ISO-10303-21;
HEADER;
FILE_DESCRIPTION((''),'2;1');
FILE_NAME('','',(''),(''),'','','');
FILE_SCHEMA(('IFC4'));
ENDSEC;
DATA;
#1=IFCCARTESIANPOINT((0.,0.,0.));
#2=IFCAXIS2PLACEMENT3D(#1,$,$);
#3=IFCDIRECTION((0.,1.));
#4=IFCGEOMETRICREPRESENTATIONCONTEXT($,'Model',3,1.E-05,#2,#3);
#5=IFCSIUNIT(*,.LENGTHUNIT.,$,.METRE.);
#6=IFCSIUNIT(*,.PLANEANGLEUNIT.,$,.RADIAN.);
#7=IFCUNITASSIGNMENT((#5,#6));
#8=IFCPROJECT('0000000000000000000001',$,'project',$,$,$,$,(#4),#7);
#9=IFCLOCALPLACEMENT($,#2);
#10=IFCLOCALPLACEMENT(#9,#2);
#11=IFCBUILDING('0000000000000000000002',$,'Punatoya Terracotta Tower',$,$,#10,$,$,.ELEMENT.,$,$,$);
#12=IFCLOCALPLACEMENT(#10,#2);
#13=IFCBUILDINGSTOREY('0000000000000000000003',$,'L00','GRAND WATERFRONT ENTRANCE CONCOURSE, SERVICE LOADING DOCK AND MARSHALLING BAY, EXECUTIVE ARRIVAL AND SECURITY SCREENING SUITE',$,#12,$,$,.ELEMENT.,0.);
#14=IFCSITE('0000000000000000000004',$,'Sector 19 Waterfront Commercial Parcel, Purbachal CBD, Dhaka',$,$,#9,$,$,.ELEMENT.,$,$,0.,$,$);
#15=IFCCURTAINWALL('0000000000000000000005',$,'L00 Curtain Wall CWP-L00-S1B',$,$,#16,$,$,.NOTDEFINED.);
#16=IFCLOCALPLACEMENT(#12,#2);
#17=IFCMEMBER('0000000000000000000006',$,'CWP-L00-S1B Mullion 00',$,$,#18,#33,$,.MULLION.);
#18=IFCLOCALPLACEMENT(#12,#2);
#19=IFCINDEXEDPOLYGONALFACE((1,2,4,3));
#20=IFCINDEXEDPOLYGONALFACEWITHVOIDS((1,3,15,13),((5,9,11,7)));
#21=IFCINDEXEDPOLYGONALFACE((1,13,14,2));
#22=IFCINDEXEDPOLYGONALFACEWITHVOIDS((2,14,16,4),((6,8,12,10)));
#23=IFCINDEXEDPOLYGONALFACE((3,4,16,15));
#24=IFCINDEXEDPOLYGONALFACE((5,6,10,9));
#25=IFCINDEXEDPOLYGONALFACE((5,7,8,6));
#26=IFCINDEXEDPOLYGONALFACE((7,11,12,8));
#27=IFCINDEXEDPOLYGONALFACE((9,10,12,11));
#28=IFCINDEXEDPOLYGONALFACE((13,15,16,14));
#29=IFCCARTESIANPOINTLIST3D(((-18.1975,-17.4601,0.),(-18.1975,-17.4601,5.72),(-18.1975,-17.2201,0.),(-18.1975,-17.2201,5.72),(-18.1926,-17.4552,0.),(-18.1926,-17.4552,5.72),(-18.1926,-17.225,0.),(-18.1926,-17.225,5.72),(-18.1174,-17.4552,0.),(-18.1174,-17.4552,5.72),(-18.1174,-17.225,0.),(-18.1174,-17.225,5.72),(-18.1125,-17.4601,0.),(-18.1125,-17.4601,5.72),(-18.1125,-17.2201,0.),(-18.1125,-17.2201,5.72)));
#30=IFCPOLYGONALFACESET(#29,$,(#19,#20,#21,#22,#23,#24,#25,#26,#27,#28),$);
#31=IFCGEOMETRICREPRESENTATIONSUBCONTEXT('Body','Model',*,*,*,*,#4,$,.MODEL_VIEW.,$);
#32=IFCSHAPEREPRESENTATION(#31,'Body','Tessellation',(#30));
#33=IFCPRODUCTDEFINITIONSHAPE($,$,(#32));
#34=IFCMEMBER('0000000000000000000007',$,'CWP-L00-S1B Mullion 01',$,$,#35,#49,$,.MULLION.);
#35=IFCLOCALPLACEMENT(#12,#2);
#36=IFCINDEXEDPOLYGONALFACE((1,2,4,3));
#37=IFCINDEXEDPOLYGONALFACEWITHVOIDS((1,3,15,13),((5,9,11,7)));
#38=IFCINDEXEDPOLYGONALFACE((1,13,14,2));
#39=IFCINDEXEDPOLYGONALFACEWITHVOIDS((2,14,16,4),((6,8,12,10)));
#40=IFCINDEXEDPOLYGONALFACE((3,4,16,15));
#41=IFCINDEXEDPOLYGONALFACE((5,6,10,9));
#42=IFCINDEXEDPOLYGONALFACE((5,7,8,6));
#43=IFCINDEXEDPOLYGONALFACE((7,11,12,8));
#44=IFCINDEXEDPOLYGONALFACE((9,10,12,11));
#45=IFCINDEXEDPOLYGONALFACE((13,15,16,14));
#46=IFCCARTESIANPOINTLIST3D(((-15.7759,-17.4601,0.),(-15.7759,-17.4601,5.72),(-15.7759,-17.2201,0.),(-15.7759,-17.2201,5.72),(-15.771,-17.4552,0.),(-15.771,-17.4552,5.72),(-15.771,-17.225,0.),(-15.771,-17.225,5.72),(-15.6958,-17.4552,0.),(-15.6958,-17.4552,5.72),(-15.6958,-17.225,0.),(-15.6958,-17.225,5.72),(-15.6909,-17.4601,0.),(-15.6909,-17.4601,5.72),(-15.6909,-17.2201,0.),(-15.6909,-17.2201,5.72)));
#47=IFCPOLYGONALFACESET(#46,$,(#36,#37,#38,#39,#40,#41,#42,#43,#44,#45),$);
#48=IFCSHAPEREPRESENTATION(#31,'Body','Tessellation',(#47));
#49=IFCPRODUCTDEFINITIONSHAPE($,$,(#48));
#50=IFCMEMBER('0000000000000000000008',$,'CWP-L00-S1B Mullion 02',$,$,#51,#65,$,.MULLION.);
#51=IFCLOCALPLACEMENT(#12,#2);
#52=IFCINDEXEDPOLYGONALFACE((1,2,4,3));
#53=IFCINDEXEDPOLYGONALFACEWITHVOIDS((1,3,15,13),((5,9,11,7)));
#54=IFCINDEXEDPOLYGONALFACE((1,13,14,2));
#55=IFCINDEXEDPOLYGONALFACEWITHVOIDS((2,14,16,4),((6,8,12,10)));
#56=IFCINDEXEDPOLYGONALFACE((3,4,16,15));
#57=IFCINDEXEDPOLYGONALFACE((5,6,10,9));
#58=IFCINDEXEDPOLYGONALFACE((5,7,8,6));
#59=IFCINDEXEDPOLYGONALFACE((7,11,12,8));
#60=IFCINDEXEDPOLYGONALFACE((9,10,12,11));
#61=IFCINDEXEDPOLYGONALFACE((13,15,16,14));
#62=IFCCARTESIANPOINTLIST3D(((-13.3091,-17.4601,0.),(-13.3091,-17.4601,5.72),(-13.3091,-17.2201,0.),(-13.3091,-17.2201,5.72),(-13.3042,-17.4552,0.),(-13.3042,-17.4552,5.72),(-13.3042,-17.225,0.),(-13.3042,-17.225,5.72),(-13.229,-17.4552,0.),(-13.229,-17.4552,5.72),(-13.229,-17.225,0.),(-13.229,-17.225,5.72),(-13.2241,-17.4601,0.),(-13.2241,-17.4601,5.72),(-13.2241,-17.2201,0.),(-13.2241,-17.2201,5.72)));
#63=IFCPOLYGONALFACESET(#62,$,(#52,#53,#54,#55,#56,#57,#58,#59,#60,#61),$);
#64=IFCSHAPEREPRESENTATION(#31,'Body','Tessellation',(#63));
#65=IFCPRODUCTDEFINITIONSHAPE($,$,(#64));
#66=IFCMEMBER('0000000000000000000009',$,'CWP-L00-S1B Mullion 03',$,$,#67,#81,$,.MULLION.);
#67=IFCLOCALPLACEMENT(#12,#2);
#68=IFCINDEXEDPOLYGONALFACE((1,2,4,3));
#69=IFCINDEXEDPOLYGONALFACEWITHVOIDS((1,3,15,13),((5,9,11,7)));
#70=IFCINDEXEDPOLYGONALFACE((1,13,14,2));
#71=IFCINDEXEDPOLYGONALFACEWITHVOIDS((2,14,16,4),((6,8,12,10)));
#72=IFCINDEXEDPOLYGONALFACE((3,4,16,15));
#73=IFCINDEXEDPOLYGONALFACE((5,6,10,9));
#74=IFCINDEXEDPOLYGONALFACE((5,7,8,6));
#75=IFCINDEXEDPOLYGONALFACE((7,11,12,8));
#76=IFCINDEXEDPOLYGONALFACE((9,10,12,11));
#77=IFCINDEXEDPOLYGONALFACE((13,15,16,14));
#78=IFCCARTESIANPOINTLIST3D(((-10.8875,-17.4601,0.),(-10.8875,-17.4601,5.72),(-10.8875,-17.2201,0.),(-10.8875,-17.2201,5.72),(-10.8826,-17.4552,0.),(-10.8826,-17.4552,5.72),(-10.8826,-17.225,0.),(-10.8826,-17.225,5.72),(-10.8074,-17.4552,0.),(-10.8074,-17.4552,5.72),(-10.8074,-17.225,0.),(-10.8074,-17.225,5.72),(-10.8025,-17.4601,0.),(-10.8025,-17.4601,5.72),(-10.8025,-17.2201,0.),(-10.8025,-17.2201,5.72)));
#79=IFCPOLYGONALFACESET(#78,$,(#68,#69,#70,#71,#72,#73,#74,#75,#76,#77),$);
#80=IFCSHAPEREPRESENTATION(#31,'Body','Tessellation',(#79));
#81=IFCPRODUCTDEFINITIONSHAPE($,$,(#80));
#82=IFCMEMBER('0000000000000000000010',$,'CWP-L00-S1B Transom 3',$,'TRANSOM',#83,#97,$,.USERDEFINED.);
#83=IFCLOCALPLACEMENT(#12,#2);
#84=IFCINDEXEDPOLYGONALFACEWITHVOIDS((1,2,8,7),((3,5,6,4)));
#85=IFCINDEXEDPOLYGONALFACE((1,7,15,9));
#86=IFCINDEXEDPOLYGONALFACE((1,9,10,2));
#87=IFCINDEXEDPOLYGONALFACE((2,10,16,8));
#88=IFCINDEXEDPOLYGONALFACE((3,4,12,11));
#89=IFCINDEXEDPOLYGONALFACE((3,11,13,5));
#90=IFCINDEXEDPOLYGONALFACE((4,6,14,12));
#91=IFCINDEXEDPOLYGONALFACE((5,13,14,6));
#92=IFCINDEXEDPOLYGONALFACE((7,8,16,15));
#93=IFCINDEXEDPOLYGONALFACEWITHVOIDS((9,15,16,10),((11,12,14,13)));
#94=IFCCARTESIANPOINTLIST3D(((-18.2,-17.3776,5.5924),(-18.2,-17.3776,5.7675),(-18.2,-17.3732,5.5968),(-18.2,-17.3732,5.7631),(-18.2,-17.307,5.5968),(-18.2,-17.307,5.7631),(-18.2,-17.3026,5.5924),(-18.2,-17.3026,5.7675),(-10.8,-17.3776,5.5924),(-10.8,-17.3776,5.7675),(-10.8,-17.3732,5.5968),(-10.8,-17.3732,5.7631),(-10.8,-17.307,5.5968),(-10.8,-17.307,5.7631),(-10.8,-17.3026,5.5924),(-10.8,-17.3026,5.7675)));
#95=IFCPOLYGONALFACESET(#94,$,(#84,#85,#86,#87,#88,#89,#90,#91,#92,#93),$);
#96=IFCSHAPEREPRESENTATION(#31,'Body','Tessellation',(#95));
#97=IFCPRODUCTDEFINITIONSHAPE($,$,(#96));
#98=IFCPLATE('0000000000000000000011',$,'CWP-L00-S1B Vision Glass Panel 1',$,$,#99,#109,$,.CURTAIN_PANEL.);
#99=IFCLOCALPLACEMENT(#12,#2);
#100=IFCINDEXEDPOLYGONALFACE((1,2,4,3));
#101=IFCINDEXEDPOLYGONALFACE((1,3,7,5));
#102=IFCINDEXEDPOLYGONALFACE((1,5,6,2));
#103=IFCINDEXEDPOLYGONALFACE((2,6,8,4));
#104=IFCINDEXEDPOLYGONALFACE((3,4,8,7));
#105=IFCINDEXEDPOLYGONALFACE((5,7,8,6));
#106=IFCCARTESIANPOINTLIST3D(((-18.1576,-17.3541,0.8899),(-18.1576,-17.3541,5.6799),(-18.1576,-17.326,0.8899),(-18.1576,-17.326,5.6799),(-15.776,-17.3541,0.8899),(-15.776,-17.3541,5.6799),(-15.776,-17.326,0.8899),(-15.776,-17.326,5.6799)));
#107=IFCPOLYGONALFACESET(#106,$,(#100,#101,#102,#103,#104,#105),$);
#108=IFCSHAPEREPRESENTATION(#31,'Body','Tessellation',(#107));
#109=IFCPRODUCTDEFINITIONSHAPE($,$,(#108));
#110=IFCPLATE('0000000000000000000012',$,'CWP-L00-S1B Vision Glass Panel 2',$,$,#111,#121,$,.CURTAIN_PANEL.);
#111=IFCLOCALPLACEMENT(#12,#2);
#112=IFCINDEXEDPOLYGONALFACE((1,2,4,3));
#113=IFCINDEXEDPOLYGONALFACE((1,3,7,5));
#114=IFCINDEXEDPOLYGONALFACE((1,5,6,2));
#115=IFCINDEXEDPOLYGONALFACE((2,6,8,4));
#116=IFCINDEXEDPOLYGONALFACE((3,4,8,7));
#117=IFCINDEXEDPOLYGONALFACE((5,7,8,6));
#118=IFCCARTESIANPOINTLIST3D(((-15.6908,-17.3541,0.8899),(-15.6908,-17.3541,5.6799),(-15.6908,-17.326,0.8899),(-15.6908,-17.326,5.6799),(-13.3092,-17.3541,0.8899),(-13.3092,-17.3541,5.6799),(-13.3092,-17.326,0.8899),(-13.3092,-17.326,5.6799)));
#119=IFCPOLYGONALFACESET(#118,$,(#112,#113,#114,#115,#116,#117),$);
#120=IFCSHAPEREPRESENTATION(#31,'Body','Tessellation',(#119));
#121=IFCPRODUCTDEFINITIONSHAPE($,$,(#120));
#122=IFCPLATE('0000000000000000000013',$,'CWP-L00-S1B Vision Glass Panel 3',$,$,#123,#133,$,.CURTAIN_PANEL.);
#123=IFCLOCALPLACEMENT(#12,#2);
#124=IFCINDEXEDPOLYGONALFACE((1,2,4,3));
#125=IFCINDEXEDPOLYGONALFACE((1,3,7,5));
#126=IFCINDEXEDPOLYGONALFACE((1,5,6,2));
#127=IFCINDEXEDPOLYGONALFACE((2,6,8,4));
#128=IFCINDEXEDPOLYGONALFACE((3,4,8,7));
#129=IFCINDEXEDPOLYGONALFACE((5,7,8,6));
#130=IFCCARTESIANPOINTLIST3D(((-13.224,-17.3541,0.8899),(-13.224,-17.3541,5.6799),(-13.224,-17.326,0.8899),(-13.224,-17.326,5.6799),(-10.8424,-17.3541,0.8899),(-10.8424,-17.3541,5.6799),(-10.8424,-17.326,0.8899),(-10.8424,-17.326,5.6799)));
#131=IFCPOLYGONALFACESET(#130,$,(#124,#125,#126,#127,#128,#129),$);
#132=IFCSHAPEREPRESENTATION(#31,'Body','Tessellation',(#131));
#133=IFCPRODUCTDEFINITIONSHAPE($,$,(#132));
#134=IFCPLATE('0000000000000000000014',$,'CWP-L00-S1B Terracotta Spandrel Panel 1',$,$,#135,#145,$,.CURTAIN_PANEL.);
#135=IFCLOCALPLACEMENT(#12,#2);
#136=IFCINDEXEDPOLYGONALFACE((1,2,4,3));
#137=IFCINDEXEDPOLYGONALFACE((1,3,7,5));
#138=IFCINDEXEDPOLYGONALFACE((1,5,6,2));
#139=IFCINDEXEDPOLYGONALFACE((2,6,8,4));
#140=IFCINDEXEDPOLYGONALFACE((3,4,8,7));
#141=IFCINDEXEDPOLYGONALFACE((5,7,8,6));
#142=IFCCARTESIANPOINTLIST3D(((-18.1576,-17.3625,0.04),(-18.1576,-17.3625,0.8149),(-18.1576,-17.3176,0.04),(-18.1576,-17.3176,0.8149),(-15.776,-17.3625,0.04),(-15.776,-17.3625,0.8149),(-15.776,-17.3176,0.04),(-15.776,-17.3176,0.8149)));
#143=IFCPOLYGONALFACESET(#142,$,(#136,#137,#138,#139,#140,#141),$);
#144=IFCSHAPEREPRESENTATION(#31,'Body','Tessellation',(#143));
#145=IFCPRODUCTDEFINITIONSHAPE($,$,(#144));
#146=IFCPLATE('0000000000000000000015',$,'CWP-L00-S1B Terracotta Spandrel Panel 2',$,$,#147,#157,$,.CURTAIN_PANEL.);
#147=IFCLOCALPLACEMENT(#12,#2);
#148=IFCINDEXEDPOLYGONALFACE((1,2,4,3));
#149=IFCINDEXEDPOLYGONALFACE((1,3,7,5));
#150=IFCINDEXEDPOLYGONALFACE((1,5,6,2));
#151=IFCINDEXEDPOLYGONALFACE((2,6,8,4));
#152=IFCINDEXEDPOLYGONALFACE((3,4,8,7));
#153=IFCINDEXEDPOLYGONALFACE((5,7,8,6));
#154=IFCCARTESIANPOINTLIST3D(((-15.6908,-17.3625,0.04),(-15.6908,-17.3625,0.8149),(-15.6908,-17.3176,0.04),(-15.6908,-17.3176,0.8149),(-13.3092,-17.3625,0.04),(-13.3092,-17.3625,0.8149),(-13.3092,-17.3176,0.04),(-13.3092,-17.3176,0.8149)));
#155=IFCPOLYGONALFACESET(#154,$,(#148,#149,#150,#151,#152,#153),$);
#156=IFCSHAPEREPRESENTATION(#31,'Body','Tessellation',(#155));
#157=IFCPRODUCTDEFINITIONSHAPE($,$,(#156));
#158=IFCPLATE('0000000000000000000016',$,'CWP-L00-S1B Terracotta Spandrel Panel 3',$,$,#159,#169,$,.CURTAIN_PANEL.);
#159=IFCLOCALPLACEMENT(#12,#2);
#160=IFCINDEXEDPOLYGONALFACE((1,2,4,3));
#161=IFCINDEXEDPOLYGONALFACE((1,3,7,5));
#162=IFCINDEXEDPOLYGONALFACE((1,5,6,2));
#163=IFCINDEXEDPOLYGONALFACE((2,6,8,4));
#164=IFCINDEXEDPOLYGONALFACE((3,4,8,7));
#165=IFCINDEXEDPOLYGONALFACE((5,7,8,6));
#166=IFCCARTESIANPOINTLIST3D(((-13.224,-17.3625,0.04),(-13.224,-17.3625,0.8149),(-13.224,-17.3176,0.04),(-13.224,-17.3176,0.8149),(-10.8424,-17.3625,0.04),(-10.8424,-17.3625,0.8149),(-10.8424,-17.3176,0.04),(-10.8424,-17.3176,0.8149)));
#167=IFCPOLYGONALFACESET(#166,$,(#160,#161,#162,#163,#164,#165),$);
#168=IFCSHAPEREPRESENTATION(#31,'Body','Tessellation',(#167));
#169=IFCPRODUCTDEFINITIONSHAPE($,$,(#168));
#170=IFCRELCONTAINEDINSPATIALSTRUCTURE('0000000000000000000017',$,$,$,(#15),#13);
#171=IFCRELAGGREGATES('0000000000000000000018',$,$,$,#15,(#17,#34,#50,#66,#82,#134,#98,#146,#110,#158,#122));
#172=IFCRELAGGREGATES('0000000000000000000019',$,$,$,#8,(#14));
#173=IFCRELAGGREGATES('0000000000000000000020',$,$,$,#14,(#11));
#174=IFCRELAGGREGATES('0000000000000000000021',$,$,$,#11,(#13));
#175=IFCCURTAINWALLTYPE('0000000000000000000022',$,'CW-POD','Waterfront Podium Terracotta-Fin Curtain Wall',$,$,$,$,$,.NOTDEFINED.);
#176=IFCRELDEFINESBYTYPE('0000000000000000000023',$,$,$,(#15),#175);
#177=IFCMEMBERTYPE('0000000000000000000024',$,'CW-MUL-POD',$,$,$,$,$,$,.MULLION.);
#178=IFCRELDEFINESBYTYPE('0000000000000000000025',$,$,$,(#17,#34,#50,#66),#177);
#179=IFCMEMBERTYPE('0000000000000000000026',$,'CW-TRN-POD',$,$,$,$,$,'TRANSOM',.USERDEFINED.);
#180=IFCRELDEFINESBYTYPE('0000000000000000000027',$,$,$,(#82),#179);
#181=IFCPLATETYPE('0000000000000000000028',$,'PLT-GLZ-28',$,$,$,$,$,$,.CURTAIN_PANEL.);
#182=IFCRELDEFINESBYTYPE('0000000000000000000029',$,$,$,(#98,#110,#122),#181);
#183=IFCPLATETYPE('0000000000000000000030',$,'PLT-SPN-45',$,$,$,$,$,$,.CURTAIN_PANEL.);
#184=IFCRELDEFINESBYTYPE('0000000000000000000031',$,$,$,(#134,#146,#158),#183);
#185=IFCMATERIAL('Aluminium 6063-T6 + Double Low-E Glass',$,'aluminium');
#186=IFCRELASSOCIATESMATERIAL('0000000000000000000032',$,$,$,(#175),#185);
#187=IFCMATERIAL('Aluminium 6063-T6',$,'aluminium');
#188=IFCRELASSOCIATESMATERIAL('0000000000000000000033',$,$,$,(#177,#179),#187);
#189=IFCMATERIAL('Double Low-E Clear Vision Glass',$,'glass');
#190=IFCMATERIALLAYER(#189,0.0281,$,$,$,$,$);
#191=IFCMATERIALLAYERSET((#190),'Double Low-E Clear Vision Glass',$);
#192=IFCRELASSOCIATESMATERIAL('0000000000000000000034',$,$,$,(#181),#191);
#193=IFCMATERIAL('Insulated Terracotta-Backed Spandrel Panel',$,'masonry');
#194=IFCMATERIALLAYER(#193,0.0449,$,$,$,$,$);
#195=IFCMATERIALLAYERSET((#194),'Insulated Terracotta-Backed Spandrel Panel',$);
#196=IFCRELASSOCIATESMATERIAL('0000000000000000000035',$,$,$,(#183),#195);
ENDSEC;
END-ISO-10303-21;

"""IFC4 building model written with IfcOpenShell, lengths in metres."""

from ifc_helpers import new_model, si_unit, direction, frame, origin, origin_2d, place, context, subcontext, project, spatial, rectangle, hollow_rectangle, extrude, material, layer, layer_set, material_profile, profile_set, type_object, element, aggregate, save


model = new_model("IFC4")

# Units and contexts
model_context = context("Model", 3, precision=1e-05, world=origin(), true_north=direction((0.0, 1.0)))
body_context = subcontext(model_context, "Body", "Model", "MODEL_VIEW")
ifc_project = project(units=[si_unit("LENGTHUNIT", "METRE"), si_unit("PLANEANGLEUNIT", "RADIAN")], contexts=[model_context])

# Site, building, storey
site_placement = place(None, origin())
site = spatial("IfcSite", under=ifc_project, at=site_placement, Name="Sector 19 Waterfront Commercial Parcel, Purbachal CBD, Dhaka", CompositionType="ELEMENT", RefElevation=0.0)
building_placement = place(site_placement, origin())
building = spatial("IfcBuilding", under=site, at=building_placement, Name="Punatoya Terracotta Tower", CompositionType="ELEMENT")
storey_placement = place(building_placement, origin())
storey = spatial("IfcBuildingStorey", under=building, at=storey_placement, Name="L00", Description="GRAND WATERFRONT ENTRANCE CONCOURSE, SERVICE LOADING DOCK AND MARSHALLING BAY, EXECUTIVE ARRIVAL AND SECURITY SCREENING SUITE", CompositionType="ELEMENT", Elevation=0.0)

# Curtain wall, members, plates
ifc_material_1 = material(Name="Aluminium 6063-T6 + Double Low-E Glass", Category="aluminium")
curtain_wall_type = type_object("IfcCurtainWallType", Name="CW-POD", Description="Waterfront Podium Terracotta-Fin Curtain Wall", PredefinedType="NOTDEFINED", material=ifc_material_1)
curtain_wall_placement = place(storey_placement, origin())
curtain_wall = element("IfcCurtainWall", 1, at=curtain_wall_placement, inside=storey, type_object=curtain_wall_type, Name="L00 Curtain Wall CWP-L00-S1B", PredefinedType="NOTDEFINED")
ifc_material_2 = material(Name="Aluminium 6063-T6", Category="aluminium")
ifc_material_profile_1 = material_profile(ifc_material_2, hollow_rectangle(XDim=0.085, YDim=0.24, WallThickness=0.0049, at=origin_2d()))
ifc_profile_set_1 = profile_set([ifc_material_profile_1], Name="Aluminium 6063-T6")
member_type_1 = type_object("IfcMemberType", Name="CW-MUL-POD", PredefinedType="MULLION", material=ifc_profile_set_1)
member_1_placement = place(storey_placement, frame((-18.155, -17.3401, 0.0), z_axis=(0.0, 0.0, 1.0), x_axis=(1.0, 0.0, 0.0)))
member_1 = element("IfcMember", 2, at=member_1_placement, type_object=member_type_1, Name="CWP-L00-S1B Mullion 00", PredefinedType="MULLION", context=body_context, shape_type="SweptSolid", body=[
    extrude(hollow_rectangle(XDim=0.085, YDim=0.24, WallThickness=0.0049, at=origin_2d()), origin(), (0.0, 0.0, 1.0), 5.72),
])
member_2_placement = place(storey_placement, frame((-15.7334, -17.3401, 0.0), z_axis=(0.0, 0.0, 1.0), x_axis=(1.0, 0.0, 0.0)))
member_2 = element("IfcMember", 3, at=member_2_placement, type_object=member_type_1, Name="CWP-L00-S1B Mullion 01", PredefinedType="MULLION", context=body_context, shape_type="SweptSolid", body=[
    extrude(hollow_rectangle(XDim=0.085, YDim=0.24, WallThickness=0.0049, at=origin_2d()), origin(), (0.0, 0.0, 1.0), 5.72),
])
member_3_placement = place(storey_placement, frame((-13.2666, -17.3401, 0.0), z_axis=(0.0, 0.0, 1.0), x_axis=(1.0, 0.0, 0.0)))
member_3 = element("IfcMember", 4, at=member_3_placement, type_object=member_type_1, Name="CWP-L00-S1B Mullion 02", PredefinedType="MULLION", context=body_context, shape_type="SweptSolid", body=[
    extrude(hollow_rectangle(XDim=0.085, YDim=0.24, WallThickness=0.0049, at=origin_2d()), origin(), (0.0, 0.0, 1.0), 5.72),
])
member_4_placement = place(storey_placement, frame((-10.845, -17.3401, 0.0), z_axis=(0.0, 0.0, 1.0), x_axis=(1.0, 0.0, 0.0)))
member_4 = element("IfcMember", 5, at=member_4_placement, type_object=member_type_1, Name="CWP-L00-S1B Mullion 03", PredefinedType="MULLION", context=body_context, shape_type="SweptSolid", body=[
    extrude(hollow_rectangle(XDim=0.085, YDim=0.24, WallThickness=0.0049, at=origin_2d()), origin(), (0.0, 0.0, 1.0), 5.72),
])
ifc_material_profile_2 = material_profile(ifc_material_2, hollow_rectangle(XDim=0.075, YDim=0.175, WallThickness=0.0044, at=origin_2d()))
ifc_profile_set_2 = profile_set([ifc_material_profile_2], Name="Aluminium 6063-T6")
member_type_2 = type_object("IfcMemberType", Name="CW-TRN-POD", ElementType="TRANSOM", PredefinedType="USERDEFINED", material=ifc_profile_set_2)
member_5_placement = place(storey_placement, frame((-18.2, -17.3401, 5.6799), z_axis=(1.0, 0.0, 0.0), x_axis=(0.0, 1.0, 0.0)))
member_5 = element("IfcMember", 6, at=member_5_placement, type_object=member_type_2, Name="CWP-L00-S1B Transom 3", ObjectType="TRANSOM", PredefinedType="USERDEFINED", context=body_context, shape_type="SweptSolid", body=[
    extrude(hollow_rectangle(XDim=0.075, YDim=0.175, WallThickness=0.0044, at=origin_2d()), origin(), (0.0, 0.0, 1.0), 7.3999),
])
ifc_material_3 = material(Name="Double Low-E Clear Vision Glass", Category="glass")
ifc_layer_1 = layer(ifc_material_3, 0.0281)
ifc_layer_set_1 = layer_set([ifc_layer_1], Name="Double Low-E Clear Vision Glass")
plate_type_1 = type_object("IfcPlateType", Name="PLT-GLZ-28", PredefinedType="CURTAIN_PANEL", material=ifc_layer_set_1)
plate_1_placement = place(storey_placement, frame((-16.9668, -17.3401, 0.8899), z_axis=(0.0, 0.0, 1.0), x_axis=(1.0, 0.0, 0.0)))
plate_1 = element("IfcPlate", 7, at=plate_1_placement, type_object=plate_type_1, Name="CWP-L00-S1B Vision Glass Panel 1", PredefinedType="CURTAIN_PANEL", context=body_context, shape_type="SweptSolid", body=[
    extrude(rectangle(XDim=2.3816, YDim=0.0281, at=origin_2d()), origin(), (0.0, 0.0, 1.0), 4.79),
])
plate_2_placement = place(storey_placement, frame((-14.5, -17.3401, 0.8899), z_axis=(0.0, 0.0, 1.0), x_axis=(1.0, 0.0, 0.0)))
plate_2 = element("IfcPlate", 8, at=plate_2_placement, type_object=plate_type_1, Name="CWP-L00-S1B Vision Glass Panel 2", PredefinedType="CURTAIN_PANEL", context=body_context, shape_type="SweptSolid", body=[
    extrude(rectangle(XDim=2.3816, YDim=0.0281, at=origin_2d()), origin(), (0.0, 0.0, 1.0), 4.79),
])
plate_3_placement = place(storey_placement, frame((-12.0332, -17.3401, 0.8899), z_axis=(0.0, 0.0, 1.0), x_axis=(1.0, 0.0, 0.0)))
plate_3 = element("IfcPlate", 9, at=plate_3_placement, type_object=plate_type_1, Name="CWP-L00-S1B Vision Glass Panel 3", PredefinedType="CURTAIN_PANEL", context=body_context, shape_type="SweptSolid", body=[
    extrude(rectangle(XDim=2.3816, YDim=0.0281, at=origin_2d()), origin(), (0.0, 0.0, 1.0), 4.79),
])
ifc_material_4 = material(Name="Insulated Terracotta-Backed Spandrel Panel", Category="masonry")
ifc_layer_2 = layer(ifc_material_4, 0.0449)
ifc_layer_set_2 = layer_set([ifc_layer_2], Name="Insulated Terracotta-Backed Spandrel Panel")
plate_type_2 = type_object("IfcPlateType", Name="PLT-SPN-45", PredefinedType="CURTAIN_PANEL", material=ifc_layer_set_2)
plate_4_placement = place(storey_placement, frame((-16.9668, -17.3401, 0.04), z_axis=(0.0, 0.0, 1.0), x_axis=(1.0, 0.0, 0.0)))
plate_4 = element("IfcPlate", 10, at=plate_4_placement, type_object=plate_type_2, Name="CWP-L00-S1B Terracotta Spandrel Panel 1", PredefinedType="CURTAIN_PANEL", context=body_context, shape_type="SweptSolid", body=[
    extrude(rectangle(XDim=2.3816, YDim=0.0449, at=origin_2d()), origin(), (0.0, 0.0, 1.0), 0.7749),
])
plate_5_placement = place(storey_placement, frame((-14.5, -17.3401, 0.04), z_axis=(0.0, 0.0, 1.0), x_axis=(1.0, 0.0, 0.0)))
plate_5 = element("IfcPlate", 11, at=plate_5_placement, type_object=plate_type_2, Name="CWP-L00-S1B Terracotta Spandrel Panel 2", PredefinedType="CURTAIN_PANEL", context=body_context, shape_type="SweptSolid", body=[
    extrude(rectangle(XDim=2.3816, YDim=0.0449, at=origin_2d()), origin(), (0.0, 0.0, 1.0), 0.7749),
])
plate_6_placement = place(storey_placement, frame((-12.0332, -17.3401, 0.04), z_axis=(0.0, 0.0, 1.0), x_axis=(1.0, 0.0, 0.0)))
plate_6 = element("IfcPlate", 12, at=plate_6_placement, type_object=plate_type_2, Name="CWP-L00-S1B Terracotta Spandrel Panel 3", PredefinedType="CURTAIN_PANEL", context=body_context, shape_type="SweptSolid", body=[
    extrude(rectangle(XDim=2.3816, YDim=0.0449, at=origin_2d()), origin(), (0.0, 0.0, 1.0), 0.7749),
])
aggregate(curtain_wall, [member_1, member_2, member_3, member_4, member_5, plate_4, plate_1, plate_5, plate_2, plate_6, plate_3])

save(model, "model.ifc")
